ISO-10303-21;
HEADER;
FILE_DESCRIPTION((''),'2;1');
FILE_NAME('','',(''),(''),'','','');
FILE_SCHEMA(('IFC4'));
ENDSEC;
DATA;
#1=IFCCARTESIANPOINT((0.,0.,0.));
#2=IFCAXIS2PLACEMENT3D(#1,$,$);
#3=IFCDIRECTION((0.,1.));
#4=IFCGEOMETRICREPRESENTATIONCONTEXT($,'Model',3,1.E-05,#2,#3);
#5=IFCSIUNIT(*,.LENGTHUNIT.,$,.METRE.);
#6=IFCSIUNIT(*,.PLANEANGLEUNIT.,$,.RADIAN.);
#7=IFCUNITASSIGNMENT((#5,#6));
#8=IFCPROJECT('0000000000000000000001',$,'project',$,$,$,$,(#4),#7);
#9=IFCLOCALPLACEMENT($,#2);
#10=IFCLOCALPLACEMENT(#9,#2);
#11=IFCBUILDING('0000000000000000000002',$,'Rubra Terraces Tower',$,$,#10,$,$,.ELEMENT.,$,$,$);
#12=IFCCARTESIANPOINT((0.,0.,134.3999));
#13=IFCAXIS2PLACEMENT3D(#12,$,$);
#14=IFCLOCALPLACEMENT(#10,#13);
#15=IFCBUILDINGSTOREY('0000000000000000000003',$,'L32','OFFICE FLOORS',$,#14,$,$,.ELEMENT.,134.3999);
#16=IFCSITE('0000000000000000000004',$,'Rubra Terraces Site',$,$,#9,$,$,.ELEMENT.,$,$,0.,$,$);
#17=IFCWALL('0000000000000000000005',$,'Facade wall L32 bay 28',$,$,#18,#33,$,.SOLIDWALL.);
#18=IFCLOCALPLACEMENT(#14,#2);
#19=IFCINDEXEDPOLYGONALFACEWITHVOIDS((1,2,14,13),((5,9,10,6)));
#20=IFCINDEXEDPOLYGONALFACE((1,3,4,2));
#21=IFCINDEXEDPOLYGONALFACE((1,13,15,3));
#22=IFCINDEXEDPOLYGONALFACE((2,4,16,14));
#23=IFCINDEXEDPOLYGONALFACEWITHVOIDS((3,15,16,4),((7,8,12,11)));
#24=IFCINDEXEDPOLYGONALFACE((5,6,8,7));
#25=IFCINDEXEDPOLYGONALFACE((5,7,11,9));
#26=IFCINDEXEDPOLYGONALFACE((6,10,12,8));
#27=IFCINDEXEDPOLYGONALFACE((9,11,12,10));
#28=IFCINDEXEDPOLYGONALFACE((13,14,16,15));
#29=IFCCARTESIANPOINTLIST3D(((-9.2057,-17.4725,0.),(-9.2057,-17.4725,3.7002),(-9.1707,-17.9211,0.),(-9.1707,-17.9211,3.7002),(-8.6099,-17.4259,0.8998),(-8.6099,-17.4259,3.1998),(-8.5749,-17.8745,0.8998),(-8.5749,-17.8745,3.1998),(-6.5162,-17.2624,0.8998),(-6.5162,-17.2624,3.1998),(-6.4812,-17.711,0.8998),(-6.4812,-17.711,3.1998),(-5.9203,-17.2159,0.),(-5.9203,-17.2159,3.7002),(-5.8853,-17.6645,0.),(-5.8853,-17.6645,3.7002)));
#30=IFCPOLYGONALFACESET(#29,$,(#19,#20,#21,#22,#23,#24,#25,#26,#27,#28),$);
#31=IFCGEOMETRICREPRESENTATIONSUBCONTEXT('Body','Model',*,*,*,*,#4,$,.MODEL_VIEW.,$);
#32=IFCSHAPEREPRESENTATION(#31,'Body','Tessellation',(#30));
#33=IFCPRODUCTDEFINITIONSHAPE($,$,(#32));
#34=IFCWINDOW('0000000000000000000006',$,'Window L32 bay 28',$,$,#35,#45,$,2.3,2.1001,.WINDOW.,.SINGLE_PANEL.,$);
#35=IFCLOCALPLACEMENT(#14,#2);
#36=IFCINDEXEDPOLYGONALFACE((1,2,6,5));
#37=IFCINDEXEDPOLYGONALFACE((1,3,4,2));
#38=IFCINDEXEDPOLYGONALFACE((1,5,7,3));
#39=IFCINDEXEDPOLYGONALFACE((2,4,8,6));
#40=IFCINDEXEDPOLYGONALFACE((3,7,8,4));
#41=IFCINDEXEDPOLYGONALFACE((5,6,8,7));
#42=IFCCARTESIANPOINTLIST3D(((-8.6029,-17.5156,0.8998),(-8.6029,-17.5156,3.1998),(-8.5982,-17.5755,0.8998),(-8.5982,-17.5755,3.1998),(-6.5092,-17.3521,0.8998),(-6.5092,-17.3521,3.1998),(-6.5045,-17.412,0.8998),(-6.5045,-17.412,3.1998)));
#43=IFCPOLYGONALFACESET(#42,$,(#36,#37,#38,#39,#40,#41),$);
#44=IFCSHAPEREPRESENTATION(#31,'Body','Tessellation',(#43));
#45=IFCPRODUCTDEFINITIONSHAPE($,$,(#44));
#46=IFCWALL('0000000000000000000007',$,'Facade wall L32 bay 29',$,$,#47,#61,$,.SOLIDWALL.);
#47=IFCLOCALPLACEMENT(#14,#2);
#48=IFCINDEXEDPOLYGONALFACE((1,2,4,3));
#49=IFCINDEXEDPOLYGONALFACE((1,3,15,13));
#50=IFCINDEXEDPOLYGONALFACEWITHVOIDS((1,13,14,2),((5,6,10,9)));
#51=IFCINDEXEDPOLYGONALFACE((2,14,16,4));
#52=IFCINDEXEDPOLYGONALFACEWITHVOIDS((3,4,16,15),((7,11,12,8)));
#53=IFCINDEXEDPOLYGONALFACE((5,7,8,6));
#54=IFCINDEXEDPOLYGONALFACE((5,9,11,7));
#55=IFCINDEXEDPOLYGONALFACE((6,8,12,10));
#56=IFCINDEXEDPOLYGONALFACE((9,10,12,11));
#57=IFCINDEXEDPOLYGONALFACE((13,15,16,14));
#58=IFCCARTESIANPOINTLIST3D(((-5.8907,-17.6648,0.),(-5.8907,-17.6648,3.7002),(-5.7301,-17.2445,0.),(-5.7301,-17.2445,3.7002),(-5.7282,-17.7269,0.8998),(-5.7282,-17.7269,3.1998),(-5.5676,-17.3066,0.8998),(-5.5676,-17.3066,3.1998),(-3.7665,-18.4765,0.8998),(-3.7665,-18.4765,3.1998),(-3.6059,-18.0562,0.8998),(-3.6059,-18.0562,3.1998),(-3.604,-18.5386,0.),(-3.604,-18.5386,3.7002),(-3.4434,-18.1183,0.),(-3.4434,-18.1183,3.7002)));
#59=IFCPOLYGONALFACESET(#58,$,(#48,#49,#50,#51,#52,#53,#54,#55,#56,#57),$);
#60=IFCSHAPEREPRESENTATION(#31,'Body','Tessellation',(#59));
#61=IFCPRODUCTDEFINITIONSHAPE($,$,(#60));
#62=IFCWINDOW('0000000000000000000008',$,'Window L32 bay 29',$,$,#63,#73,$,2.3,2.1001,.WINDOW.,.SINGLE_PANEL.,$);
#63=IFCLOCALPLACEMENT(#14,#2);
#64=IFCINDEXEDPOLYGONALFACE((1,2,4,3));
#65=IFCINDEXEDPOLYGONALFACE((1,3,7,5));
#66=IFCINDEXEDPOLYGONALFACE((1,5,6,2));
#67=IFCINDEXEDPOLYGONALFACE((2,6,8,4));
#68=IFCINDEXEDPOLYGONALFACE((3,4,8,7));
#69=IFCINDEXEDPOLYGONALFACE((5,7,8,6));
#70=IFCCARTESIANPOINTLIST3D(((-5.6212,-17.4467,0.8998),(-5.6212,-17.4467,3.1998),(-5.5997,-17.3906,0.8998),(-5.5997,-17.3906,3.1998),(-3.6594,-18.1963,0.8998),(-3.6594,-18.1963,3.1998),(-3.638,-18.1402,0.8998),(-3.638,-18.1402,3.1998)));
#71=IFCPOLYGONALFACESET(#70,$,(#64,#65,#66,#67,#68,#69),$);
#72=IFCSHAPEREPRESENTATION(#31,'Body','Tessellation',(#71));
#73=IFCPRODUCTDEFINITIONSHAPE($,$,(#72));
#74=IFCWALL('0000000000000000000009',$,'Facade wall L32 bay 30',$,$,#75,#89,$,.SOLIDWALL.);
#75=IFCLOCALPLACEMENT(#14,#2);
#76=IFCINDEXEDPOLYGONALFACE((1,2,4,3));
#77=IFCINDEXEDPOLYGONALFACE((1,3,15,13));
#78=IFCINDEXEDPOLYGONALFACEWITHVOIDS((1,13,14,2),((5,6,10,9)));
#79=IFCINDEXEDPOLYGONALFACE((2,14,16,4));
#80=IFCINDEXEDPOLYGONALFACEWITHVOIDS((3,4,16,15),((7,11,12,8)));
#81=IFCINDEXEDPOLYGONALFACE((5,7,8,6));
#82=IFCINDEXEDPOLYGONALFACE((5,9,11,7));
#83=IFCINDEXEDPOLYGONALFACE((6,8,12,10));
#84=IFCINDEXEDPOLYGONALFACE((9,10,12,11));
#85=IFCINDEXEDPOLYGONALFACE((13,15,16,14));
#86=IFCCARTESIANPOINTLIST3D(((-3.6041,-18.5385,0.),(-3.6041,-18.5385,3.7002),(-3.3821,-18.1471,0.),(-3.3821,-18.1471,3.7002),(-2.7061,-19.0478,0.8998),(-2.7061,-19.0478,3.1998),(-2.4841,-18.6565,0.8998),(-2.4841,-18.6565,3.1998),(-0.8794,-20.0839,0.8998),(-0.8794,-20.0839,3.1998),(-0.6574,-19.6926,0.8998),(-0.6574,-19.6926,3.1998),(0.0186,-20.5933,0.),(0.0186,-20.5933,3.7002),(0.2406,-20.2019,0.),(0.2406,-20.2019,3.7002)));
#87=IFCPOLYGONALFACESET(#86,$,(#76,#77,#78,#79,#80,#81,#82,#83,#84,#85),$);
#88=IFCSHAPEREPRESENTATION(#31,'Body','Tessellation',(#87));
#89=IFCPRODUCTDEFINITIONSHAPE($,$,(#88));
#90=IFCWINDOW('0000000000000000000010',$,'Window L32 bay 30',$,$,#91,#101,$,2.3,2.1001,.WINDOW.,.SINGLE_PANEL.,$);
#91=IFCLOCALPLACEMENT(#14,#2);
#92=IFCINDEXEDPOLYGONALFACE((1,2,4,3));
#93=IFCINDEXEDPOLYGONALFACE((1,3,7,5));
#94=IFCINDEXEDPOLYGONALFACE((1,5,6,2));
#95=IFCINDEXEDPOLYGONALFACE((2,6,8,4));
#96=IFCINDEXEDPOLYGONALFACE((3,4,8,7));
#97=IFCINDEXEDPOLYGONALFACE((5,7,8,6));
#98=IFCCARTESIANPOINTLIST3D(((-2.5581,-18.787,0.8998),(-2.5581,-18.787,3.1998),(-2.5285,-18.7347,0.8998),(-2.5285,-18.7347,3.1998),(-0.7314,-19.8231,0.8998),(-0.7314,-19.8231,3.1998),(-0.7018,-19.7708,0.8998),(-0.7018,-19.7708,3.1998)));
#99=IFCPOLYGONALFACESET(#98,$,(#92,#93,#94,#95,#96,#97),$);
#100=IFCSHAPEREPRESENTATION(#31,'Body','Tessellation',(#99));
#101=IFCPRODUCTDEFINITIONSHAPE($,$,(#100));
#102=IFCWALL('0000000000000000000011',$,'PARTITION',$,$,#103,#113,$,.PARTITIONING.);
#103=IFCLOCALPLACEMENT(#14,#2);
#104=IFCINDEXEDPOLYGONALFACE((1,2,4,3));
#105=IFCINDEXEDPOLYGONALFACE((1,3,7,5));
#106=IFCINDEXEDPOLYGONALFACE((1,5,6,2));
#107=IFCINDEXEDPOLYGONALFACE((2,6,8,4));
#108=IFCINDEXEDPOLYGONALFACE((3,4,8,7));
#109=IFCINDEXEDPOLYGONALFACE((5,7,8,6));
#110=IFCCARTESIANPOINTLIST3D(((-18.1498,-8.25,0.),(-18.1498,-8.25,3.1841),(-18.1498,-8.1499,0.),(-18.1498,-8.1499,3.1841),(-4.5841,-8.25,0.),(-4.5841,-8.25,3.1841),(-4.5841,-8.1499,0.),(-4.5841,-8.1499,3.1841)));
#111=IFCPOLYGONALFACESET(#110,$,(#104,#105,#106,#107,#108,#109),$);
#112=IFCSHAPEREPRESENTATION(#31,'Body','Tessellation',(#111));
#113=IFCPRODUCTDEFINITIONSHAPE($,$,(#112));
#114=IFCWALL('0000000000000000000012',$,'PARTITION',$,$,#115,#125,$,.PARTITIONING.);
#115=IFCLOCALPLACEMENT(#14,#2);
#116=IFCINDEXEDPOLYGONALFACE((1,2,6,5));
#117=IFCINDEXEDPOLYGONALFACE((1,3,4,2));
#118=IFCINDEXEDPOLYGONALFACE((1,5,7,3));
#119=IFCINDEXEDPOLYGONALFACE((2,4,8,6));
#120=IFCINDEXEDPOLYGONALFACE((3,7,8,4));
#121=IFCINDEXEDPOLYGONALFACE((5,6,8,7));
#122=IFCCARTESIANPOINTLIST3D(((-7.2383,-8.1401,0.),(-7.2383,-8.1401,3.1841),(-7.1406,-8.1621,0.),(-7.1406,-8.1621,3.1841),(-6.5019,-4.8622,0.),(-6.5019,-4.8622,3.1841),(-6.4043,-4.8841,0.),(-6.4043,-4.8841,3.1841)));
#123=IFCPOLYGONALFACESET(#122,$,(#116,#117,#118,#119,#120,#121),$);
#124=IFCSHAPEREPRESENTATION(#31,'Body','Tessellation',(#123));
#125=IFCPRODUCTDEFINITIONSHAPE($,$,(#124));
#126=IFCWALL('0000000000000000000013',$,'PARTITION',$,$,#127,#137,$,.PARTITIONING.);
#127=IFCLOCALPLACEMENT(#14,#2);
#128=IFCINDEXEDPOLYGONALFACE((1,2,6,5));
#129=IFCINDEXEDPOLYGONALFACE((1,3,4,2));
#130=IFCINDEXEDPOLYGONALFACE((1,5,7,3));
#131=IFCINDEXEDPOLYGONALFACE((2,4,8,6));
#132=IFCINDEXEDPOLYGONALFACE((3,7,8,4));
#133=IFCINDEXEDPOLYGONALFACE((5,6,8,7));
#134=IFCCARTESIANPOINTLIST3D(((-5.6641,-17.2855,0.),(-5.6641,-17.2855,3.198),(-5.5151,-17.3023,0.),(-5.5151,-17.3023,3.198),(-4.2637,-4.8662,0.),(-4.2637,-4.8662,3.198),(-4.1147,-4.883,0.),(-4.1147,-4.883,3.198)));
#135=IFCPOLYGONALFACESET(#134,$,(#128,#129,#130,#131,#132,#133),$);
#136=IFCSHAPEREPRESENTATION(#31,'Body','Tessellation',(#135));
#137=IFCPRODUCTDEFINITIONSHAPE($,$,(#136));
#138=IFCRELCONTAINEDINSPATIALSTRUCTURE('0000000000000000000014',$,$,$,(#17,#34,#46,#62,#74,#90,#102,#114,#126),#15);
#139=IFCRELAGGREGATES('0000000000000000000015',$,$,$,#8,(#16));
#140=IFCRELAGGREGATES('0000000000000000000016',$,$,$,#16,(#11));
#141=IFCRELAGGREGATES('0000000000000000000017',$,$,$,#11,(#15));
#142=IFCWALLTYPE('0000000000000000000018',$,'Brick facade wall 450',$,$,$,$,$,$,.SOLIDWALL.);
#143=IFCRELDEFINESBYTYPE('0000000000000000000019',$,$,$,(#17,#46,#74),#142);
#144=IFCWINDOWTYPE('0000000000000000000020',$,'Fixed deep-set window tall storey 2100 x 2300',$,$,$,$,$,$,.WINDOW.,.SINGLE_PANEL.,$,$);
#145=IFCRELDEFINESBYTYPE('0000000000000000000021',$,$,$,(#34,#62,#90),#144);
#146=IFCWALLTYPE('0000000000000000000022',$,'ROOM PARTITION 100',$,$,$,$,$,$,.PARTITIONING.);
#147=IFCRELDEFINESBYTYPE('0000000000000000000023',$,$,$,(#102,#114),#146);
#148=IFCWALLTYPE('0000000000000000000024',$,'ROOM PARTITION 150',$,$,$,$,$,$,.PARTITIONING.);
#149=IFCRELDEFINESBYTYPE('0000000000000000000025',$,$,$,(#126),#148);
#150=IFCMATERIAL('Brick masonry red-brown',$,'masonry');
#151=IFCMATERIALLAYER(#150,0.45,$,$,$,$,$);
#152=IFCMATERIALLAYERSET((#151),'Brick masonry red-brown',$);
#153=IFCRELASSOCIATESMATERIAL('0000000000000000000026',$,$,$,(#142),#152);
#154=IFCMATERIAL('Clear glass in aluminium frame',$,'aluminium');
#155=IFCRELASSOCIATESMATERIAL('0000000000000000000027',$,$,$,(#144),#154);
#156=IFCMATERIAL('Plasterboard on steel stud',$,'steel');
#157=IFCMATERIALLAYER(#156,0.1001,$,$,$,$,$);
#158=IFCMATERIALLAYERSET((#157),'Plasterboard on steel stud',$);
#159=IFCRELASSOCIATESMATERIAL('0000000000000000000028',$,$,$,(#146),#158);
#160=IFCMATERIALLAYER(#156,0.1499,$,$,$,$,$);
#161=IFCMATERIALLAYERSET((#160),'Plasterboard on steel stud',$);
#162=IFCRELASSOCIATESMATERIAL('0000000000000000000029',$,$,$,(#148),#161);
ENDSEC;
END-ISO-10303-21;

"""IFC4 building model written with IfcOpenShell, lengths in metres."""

from ifc_helpers import new_model, si_unit, direction, frame, frame_2d, origin, place, context, subcontext, project, spatial, rectangle, extrude, material, layer, layer_set, type_object, element, fill, save


model = new_model("IFC4")

# Units and contexts
model_context = context("Model", 3, precision=1e-05, world=origin(), true_north=direction((0.0, 1.0)))
body_context = subcontext(model_context, "Body", "Model", "MODEL_VIEW")
ifc_project = project(units=[si_unit("LENGTHUNIT", "METRE"), si_unit("PLANEANGLEUNIT", "RADIAN")], contexts=[model_context])

# Site, building, storey
site_placement = place(None, origin())
site = spatial("IfcSite", under=ifc_project, at=site_placement, Name="Rubra Terraces Site", CompositionType="ELEMENT", RefElevation=0.0)
building_placement = place(site_placement, origin())
building = spatial("IfcBuilding", under=site, at=building_placement, Name="Rubra Terraces Tower", CompositionType="ELEMENT")
storey_placement = place(building_placement, frame((0.0, 0.0, 134.3999)))
storey = spatial("IfcBuildingStorey", under=building, at=storey_placement, Name="L32", Description="OFFICE FLOORS", CompositionType="ELEMENT", Elevation=134.3999)

# Walls, openings, windows
ifc_material_1 = material(Name="Brick masonry red-brown", Category="masonry")
ifc_layer_1 = layer(ifc_material_1, 0.45)
ifc_layer_set_1 = layer_set([ifc_layer_1], Name="Brick masonry red-brown")
wall_type_1 = type_object("IfcWallType", Name="Brick facade wall 450", PredefinedType="SOLIDWALL", material=ifc_layer_set_1)
wall_1_placement = place(storey_placement, frame((-9.1882, -17.6968, 0.0), z_axis=(0.0, 0.0, 1.0), x_axis=(0.996964, 0.077864, 0.0)))
wall_1 = element("IfcWall", 1, at=wall_1_placement, inside=storey, type_object=wall_type_1, Name="Facade wall L32 bay 28", PredefinedType="SOLIDWALL", context=body_context, shape_type="SweptSolid", body=[
    extrude(rectangle(XDim=3.2954, YDim=0.45, at=frame_2d((1.6477, 0.0))), origin(), (0.0, 0.0, 1.0), 3.7002),
])
opening_1_placement = place(wall_1_placement, frame((0.5977, 0.0, 0.8999)))
opening_1 = element("IfcOpeningElement", 2, at=opening_1_placement, cuts=wall_1, PredefinedType="OPENING", context=body_context, shape_type="SweptSolid", body=[
    extrude(rectangle(XDim=2.1001, YDim=2.3, at=frame_2d((1.05, 1.1499))), frame((0.0, 0.2349, 0.0), z_axis=(0.0, -1.0, 0.0), x_axis=(1.0, 0.0, 0.0)), (0.0, 0.0, 1.0), 0.47),
])
ifc_material_2 = material(Name="Clear glass in aluminium frame", Category="aluminium")
window_type = type_object("IfcWindowType", Name="Fixed deep-set window tall storey 2100 x 2300", PartitioningType="SINGLE_PANEL", PredefinedType="WINDOW", material=ifc_material_2)
window_1_placement = place(opening_1_placement, origin())
window_1 = element("IfcWindow", 3, at=window_1_placement, inside=storey, type_object=window_type, Name="Window L32 bay 28", OverallHeight=2.3, OverallWidth=2.1001, PartitioningType="SINGLE_PANEL", PredefinedType="WINDOW", context=body_context, shape_type="SweptSolid", body=[
    extrude(rectangle(XDim=2.1001, YDim=2.3, at=frame_2d((1.05, 1.1499))), frame((0.0, 0.135, 0.0), z_axis=(0.0, -1.0, 0.0), x_axis=(1.0, 0.0, 0.0)), (0.0, 0.0, 1.0), 0.0601),
])
fill(opening_1, window_1)
wall_2_placement = place(storey_placement, frame((-5.8105, -17.4546, 0.0), z_axis=(0.0, 0.0, 1.0), x_axis=(0.934122, -0.356953, 0.0)))
wall_2 = element("IfcWall", 4, at=wall_2_placement, inside=storey, type_object=wall_type_1, Name="Facade wall L32 bay 29", PredefinedType="SOLIDWALL", context=body_context, shape_type="SweptSolid", body=[
    extrude(rectangle(XDim=2.448, YDim=0.45, at=frame_2d((1.2241, 0.0))), origin(), (0.0, 0.0, 1.0), 3.7002),
])
opening_2_placement = place(wall_2_placement, frame((0.1741, 0.0, 0.8999)))
opening_2 = element("IfcOpeningElement", 5, at=opening_2_placement, cuts=wall_2, PredefinedType="OPENING", context=body_context, shape_type="SweptSolid", body=[
    extrude(rectangle(XDim=2.1001, YDim=2.3, at=frame_2d((1.05, 1.1499))), frame((0.0, 0.2349, 0.0), z_axis=(0.0, -1.0, 0.0), x_axis=(1.0, 0.0, 0.0)), (0.0, 0.0, 1.0), 0.47),
])
window_2_placement = place(opening_2_placement, origin())
window_2 = element("IfcWindow", 6, at=window_2_placement, inside=storey, type_object=window_type, Name="Window L32 bay 29", OverallHeight=2.3, OverallWidth=2.1001, PartitioningType="SINGLE_PANEL", PredefinedType="WINDOW", context=body_context, shape_type="SweptSolid", body=[
    extrude(rectangle(XDim=2.1001, YDim=2.3, at=frame_2d((1.05, 1.1499))), frame((0.0, 0.135, 0.0), z_axis=(0.0, -1.0, 0.0), x_axis=(1.0, 0.0, 0.0)), (0.0, 0.0, 1.0), 0.0601),
])
fill(opening_2, window_2)
wall_3_placement = place(storey_placement, frame((-3.4932, -18.3428, 0.0), z_axis=(0.0, 0.0, 1.0), x_axis=(0.869826, -0.493359, 0.0)))
wall_3 = element("IfcWall", 7, at=wall_3_placement, inside=storey, type_object=wall_type_1, Name="Facade wall L32 bay 30", PredefinedType="SOLIDWALL", context=body_context, shape_type="SweptSolid", body=[
    extrude(rectangle(XDim=4.1648, YDim=0.45, at=frame_2d((2.0825, 0.0))), origin(), (0.0, 0.0, 1.0), 3.7002),
])
opening_3_placement = place(wall_3_placement, frame((1.0325, 0.0, 0.8999)))
opening_3 = element("IfcOpeningElement", 8, at=opening_3_placement, cuts=wall_3, PredefinedType="OPENING", context=body_context, shape_type="SweptSolid", body=[
    extrude(rectangle(XDim=2.1001, YDim=2.3, at=frame_2d((1.05, 1.1499))), frame((0.0, 0.2349, 0.0), z_axis=(0.0, -1.0, 0.0), x_axis=(1.0, 0.0, 0.0)), (0.0, 0.0, 1.0), 0.47),
])
window_3_placement = place(opening_3_placement, origin())
window_3 = element("IfcWindow", 9, at=window_3_placement, inside=storey, type_object=window_type, Name="Window L32 bay 30", OverallHeight=2.3, OverallWidth=2.1001, PartitioningType="SINGLE_PANEL", PredefinedType="WINDOW", context=body_context, shape_type="SweptSolid", body=[
    extrude(rectangle(XDim=2.1001, YDim=2.3, at=frame_2d((1.05, 1.1499))), frame((0.0, 0.135, 0.0), z_axis=(0.0, -1.0, 0.0), x_axis=(1.0, 0.0, 0.0)), (0.0, 0.0, 1.0), 0.0601),
])
fill(opening_3, window_3)

# Walls
ifc_material_3 = material(Name="Plasterboard on steel stud", Category="steel")
ifc_layer_2 = layer(ifc_material_3, 0.1001)
ifc_layer_set_2 = layer_set([ifc_layer_2], Name="Plasterboard on steel stud")
wall_type_2 = type_object("IfcWallType", Name="ROOM PARTITION 100", PredefinedType="PARTITIONING", material=ifc_layer_set_2)
wall_4_placement = place(storey_placement, frame((-4.5842, -8.2, 0.0), z_axis=(0.0, 0.0, 1.0), x_axis=(-1.0, 0.0, 0.0)))
element("IfcWall", 10, at=wall_4_placement, inside=storey, type_object=wall_type_2, Name="PARTITION", PredefinedType="PARTITIONING", context=body_context, shape_type="SweptSolid", body=[
    extrude(rectangle(XDim=13.5657, YDim=0.1001, at=frame_2d((6.7827, 0.0))), origin(), (0.0, 0.0, 1.0), 3.1841),
])
wall_5_placement = place(storey_placement, frame((-6.4531, -4.8733, 0.0), z_axis=(0.0, 0.0, 1.0), x_axis=(-0.219177, -0.975685, 0.0)))
element("IfcWall", 11, at=wall_5_placement, inside=storey, type_object=wall_type_2, Name="PARTITION", PredefinedType="PARTITIONING", context=body_context, shape_type="SweptSolid", body=[
    extrude(rectangle(XDim=3.3596, YDim=0.1001, at=frame_2d((1.6797, 0.0))), origin(), (0.0, 0.0, 1.0), 3.1841),
])
ifc_layer_3 = layer(ifc_material_3, 0.1499)
ifc_layer_set_3 = layer_set([ifc_layer_3], Name="Plasterboard on steel stud")
wall_type_3 = type_object("IfcWallType", Name="ROOM PARTITION 150", PredefinedType="PARTITIONING", material=ifc_layer_set_3)
wall_6_placement = place(storey_placement, frame((-5.5896, -17.2939, 0.0), z_axis=(0.0, 0.0, 1.0), x_axis=(0.112048, 0.993703, 0.0)))
element("IfcWall", 12, at=wall_6_placement, inside=storey, type_object=wall_type_3, Name="PARTITION", PredefinedType="PARTITIONING", context=body_context, shape_type="SweptSolid", body=[
    extrude(rectangle(XDim=12.498, YDim=0.1499, at=frame_2d((6.249, 0.0))), origin(), (0.0, 0.0, 1.0), 3.198),
])

save(model, "model.ifc")
